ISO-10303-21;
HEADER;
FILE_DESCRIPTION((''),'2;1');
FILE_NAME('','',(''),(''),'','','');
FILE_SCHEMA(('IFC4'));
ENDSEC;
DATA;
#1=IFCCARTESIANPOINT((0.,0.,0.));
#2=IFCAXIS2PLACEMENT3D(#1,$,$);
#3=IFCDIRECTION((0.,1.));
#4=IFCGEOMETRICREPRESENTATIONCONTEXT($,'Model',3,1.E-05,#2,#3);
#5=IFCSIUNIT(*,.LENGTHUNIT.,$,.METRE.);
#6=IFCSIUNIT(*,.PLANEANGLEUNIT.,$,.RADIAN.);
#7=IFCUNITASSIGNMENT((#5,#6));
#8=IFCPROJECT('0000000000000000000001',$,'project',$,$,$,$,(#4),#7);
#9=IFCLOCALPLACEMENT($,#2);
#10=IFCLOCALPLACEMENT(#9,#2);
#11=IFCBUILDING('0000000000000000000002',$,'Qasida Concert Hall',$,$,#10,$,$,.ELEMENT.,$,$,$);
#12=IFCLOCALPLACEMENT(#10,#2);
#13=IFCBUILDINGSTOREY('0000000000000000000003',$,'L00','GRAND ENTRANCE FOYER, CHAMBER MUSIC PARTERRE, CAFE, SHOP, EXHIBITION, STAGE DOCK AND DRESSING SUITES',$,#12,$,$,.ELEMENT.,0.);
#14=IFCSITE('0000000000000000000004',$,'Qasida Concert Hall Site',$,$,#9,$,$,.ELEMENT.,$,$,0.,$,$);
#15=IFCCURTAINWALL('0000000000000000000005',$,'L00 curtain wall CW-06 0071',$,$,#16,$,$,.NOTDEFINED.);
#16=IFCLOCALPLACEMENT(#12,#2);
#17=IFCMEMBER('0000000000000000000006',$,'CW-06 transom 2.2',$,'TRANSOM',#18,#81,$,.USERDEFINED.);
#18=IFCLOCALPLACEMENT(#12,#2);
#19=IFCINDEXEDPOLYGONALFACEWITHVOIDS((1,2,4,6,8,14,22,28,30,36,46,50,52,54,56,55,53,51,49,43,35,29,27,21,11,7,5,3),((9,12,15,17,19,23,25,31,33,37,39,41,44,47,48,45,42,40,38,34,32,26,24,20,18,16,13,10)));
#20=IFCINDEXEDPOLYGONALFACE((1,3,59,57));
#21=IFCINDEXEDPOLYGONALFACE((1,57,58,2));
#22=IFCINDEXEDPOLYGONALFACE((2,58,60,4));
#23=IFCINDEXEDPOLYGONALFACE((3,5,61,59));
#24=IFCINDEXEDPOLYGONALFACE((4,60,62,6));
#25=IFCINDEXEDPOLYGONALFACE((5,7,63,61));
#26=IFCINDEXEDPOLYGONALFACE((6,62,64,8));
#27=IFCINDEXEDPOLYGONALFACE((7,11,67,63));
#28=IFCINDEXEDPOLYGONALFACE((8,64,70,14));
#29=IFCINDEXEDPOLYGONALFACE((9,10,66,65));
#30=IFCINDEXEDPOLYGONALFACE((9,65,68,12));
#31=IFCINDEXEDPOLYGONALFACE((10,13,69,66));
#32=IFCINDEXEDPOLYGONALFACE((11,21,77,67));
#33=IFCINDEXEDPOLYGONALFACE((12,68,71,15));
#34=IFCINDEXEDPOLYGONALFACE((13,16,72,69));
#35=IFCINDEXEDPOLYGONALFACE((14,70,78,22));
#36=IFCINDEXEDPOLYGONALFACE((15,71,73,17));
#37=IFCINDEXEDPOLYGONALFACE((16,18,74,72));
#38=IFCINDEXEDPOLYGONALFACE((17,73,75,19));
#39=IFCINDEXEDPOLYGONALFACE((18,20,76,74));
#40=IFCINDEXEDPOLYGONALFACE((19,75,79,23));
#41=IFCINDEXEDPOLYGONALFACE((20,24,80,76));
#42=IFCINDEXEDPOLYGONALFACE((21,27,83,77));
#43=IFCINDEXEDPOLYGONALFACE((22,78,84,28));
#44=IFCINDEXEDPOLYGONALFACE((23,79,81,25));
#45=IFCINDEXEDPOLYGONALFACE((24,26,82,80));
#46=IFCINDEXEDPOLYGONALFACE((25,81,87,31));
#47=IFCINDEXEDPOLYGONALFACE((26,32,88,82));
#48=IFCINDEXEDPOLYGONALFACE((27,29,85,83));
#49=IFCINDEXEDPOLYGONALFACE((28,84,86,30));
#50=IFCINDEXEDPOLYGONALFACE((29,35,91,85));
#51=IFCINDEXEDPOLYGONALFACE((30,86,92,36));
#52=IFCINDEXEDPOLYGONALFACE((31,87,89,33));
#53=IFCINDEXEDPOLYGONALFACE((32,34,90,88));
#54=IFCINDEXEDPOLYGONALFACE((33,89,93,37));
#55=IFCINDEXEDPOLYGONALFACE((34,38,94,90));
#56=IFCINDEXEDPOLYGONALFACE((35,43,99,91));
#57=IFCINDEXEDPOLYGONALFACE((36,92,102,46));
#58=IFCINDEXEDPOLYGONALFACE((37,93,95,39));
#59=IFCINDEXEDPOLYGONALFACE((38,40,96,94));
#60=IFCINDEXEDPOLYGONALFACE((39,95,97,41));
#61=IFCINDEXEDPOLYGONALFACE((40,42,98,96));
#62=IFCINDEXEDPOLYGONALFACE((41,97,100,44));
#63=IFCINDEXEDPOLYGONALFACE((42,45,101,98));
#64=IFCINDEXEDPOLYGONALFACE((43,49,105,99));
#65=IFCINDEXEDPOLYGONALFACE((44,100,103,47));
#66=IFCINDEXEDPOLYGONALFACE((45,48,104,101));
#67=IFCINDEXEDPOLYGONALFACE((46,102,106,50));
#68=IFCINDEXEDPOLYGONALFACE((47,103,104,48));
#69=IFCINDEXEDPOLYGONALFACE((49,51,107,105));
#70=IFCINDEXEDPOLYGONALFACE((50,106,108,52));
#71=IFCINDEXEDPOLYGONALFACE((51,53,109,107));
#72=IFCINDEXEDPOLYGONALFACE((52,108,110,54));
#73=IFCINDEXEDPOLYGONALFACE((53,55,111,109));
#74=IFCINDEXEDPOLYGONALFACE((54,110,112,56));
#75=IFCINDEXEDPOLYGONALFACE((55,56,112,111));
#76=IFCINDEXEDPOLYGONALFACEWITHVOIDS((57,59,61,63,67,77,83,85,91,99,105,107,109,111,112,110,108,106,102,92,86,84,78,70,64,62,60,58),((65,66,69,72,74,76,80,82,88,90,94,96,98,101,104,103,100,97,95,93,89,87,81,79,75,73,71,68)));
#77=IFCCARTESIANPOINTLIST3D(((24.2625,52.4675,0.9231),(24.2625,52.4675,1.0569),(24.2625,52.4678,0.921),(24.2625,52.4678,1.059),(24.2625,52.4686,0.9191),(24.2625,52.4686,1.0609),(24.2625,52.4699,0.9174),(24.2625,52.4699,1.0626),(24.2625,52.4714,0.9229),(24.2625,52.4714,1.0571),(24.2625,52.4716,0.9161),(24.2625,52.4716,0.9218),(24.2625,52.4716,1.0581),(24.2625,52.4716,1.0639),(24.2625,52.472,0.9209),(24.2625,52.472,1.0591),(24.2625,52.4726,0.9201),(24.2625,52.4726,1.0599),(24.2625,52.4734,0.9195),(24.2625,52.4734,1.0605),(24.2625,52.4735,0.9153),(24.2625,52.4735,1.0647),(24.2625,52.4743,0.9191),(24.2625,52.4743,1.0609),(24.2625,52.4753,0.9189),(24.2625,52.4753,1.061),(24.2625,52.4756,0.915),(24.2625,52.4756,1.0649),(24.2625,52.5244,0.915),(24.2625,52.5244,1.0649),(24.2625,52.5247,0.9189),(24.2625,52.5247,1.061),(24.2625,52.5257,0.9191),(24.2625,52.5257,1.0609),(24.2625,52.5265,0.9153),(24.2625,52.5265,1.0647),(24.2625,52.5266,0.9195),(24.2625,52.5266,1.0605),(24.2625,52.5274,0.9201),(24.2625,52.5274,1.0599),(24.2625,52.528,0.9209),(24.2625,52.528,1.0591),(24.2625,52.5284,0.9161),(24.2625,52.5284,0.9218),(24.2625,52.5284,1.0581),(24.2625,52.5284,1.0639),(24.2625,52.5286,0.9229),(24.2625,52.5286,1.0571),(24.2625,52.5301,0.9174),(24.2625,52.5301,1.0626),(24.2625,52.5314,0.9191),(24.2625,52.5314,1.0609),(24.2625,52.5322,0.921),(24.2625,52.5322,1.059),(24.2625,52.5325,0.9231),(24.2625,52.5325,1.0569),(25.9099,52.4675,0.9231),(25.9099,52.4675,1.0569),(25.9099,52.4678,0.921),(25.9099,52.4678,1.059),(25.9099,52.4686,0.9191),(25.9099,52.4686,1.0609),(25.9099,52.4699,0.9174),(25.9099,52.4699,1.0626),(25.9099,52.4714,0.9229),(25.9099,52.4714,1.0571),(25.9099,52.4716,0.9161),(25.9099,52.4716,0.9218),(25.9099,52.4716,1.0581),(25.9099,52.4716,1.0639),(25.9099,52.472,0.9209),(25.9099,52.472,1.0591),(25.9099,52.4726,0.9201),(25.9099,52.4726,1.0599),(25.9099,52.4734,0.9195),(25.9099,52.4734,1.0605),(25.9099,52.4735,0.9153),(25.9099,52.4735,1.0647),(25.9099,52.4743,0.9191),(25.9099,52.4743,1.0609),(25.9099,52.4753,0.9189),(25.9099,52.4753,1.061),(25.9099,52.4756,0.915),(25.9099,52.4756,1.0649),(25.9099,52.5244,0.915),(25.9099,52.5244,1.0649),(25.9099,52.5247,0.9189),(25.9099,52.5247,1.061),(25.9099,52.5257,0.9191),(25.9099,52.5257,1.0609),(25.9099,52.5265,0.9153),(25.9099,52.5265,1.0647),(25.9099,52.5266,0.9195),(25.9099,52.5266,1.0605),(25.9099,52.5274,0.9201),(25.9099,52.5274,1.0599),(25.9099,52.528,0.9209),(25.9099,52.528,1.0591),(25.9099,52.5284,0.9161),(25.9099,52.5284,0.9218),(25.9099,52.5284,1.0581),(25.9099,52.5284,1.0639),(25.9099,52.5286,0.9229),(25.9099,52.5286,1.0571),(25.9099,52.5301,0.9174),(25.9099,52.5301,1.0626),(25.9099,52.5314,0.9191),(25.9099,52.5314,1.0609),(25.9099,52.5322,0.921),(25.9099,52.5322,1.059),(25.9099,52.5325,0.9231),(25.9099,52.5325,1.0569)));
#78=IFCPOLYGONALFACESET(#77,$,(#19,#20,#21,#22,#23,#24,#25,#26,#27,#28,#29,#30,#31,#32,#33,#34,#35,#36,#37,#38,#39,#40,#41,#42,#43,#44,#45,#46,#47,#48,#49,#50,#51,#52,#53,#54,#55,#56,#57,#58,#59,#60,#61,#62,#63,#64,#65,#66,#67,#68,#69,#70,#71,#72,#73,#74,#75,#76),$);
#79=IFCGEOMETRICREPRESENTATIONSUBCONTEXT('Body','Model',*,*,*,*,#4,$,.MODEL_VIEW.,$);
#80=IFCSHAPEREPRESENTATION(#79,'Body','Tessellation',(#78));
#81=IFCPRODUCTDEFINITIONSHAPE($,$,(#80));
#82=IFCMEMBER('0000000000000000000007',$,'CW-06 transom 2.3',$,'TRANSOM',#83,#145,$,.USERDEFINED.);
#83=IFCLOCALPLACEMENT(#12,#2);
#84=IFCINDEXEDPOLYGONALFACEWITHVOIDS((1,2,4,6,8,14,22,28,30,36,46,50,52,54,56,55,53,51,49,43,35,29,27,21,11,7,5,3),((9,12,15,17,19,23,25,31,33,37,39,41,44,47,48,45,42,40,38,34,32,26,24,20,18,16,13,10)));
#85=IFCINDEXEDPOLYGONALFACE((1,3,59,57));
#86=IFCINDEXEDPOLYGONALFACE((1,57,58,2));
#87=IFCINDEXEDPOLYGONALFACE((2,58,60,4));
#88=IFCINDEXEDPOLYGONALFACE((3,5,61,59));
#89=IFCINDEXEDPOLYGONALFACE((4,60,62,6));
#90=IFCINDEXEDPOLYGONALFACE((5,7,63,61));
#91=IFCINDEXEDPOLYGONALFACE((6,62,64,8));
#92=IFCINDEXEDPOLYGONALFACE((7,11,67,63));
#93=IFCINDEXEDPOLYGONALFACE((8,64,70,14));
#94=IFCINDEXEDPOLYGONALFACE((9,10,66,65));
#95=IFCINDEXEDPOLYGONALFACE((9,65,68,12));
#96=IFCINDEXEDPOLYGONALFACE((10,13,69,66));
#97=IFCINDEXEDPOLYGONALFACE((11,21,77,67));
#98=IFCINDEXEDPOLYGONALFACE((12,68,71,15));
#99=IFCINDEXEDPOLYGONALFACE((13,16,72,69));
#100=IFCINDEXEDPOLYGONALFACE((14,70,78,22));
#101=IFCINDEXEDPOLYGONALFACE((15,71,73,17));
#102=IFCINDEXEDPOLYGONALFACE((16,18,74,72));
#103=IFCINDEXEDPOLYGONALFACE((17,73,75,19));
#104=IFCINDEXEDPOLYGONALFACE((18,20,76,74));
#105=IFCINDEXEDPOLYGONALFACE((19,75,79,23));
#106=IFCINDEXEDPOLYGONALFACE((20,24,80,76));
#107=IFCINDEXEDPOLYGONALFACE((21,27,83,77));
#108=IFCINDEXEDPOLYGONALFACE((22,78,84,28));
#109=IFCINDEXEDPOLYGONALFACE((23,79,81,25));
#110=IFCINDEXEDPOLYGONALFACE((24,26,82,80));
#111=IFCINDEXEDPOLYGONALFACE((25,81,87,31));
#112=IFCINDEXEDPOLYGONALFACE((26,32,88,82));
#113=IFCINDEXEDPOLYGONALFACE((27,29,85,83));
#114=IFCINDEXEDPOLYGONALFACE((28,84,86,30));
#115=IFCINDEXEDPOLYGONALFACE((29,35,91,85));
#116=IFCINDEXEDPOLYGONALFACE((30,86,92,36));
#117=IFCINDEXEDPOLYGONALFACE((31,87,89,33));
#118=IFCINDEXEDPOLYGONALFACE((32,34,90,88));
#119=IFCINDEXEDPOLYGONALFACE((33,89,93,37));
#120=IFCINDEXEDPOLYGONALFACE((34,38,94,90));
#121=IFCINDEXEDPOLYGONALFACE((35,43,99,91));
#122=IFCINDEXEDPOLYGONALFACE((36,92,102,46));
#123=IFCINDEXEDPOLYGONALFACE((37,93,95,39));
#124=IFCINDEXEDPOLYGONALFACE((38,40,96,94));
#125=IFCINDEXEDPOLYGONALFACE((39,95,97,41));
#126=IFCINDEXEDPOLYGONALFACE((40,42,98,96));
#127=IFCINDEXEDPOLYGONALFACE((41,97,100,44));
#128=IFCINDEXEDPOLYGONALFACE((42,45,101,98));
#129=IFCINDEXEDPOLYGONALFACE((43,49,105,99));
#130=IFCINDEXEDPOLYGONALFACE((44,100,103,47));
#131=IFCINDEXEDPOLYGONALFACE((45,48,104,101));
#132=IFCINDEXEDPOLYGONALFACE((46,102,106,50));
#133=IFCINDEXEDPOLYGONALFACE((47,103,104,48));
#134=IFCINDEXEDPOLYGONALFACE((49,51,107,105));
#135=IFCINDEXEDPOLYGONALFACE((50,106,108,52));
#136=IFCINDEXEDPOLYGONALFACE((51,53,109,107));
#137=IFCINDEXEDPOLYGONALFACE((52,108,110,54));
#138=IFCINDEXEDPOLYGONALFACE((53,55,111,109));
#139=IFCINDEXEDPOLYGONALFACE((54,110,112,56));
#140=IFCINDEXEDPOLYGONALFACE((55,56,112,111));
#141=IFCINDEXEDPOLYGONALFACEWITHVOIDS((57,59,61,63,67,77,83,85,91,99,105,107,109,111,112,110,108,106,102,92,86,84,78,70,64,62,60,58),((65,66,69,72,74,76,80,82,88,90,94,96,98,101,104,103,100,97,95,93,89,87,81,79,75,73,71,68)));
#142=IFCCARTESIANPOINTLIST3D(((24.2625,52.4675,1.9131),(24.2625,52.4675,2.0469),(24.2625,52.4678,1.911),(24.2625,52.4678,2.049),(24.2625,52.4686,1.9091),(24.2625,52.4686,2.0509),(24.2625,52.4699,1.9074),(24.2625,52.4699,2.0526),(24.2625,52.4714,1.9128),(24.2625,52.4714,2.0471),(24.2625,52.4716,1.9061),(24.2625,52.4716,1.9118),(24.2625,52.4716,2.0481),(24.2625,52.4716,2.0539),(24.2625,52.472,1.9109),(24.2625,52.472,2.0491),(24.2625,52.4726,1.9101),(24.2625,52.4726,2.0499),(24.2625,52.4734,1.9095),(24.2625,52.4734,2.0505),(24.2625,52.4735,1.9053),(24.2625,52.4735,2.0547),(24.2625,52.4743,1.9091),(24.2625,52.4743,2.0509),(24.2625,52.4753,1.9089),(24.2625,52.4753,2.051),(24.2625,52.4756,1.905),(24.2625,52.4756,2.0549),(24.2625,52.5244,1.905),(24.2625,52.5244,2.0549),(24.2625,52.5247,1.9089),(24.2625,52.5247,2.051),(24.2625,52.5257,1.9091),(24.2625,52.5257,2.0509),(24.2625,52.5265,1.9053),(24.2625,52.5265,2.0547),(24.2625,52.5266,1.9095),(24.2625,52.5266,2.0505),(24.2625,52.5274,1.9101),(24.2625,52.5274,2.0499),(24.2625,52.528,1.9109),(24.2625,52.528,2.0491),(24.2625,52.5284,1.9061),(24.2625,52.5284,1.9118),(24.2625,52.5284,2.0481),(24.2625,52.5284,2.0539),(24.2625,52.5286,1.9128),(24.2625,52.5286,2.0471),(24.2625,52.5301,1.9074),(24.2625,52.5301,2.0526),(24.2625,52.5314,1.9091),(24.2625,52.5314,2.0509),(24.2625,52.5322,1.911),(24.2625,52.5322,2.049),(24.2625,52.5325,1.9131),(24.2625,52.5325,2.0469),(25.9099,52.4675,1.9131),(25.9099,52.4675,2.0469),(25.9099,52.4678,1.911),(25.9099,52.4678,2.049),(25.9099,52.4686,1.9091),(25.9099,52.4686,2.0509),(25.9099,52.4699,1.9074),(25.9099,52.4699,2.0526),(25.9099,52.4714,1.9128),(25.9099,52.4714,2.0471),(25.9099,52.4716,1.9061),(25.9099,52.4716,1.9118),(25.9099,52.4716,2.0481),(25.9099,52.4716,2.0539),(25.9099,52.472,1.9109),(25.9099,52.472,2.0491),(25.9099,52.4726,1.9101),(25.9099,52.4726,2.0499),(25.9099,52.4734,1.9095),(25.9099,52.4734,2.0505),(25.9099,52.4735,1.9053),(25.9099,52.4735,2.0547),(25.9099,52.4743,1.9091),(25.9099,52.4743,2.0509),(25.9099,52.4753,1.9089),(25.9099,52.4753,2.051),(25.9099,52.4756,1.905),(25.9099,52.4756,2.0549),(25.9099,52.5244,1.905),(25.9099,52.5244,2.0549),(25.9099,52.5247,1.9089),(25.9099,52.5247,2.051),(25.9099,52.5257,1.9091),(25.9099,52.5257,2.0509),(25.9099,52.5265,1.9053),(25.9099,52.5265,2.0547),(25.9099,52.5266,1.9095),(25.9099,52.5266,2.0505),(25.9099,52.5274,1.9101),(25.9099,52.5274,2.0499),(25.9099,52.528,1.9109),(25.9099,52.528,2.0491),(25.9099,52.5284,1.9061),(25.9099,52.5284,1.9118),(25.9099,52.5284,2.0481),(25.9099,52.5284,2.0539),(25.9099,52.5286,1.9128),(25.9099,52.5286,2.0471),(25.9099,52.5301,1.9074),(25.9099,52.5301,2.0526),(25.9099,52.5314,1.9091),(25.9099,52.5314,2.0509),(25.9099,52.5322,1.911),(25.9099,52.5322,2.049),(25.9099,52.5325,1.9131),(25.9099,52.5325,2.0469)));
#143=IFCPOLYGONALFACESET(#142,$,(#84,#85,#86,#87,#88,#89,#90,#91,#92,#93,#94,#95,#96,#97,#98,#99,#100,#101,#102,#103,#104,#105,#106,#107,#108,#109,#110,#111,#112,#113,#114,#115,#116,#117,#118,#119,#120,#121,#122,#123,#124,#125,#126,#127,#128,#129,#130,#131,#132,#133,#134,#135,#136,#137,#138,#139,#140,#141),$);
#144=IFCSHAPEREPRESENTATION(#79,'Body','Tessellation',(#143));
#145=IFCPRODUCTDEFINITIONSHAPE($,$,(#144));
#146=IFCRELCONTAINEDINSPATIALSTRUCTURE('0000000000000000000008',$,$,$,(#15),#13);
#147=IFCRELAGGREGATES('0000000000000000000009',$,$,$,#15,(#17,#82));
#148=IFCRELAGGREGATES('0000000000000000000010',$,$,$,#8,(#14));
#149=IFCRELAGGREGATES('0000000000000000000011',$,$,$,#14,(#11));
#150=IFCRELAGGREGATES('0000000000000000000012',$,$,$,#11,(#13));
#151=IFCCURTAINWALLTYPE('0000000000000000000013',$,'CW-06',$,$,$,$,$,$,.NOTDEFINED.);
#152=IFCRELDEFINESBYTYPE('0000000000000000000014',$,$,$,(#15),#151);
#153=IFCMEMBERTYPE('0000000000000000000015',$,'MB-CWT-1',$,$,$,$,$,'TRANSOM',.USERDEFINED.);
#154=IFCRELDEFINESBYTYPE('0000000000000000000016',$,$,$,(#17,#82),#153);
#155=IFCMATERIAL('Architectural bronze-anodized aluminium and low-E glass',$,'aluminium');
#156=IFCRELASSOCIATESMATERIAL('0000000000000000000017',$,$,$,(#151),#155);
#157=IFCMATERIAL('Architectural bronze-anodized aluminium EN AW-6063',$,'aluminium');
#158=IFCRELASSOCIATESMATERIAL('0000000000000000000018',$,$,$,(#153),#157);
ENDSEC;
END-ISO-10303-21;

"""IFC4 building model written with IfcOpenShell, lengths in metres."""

from ifc_helpers import new_model, si_unit, direction, frame, origin, origin_2d, place, context, subcontext, project, spatial, hollow_rectangle, extrude, material, material_profile, profile_set, type_object, element, aggregate, save


model = new_model("IFC4")

# Units and contexts
model_context = context("Model", 3, precision=1e-05, world=origin(), true_north=direction((0.0, 1.0)))
body_context = subcontext(model_context, "Body", "Model", "MODEL_VIEW")
ifc_project = project(units=[si_unit("LENGTHUNIT", "METRE"), si_unit("PLANEANGLEUNIT", "RADIAN")], contexts=[model_context])

# Site, building, storey
site_placement = place(None, origin())
site = spatial("IfcSite", under=ifc_project, at=site_placement, Name="Qasida Concert Hall Site", CompositionType="ELEMENT", RefElevation=0.0)
building_placement = place(site_placement, origin())
building = spatial("IfcBuilding", under=site, at=building_placement, Name="Qasida Concert Hall", CompositionType="ELEMENT")
storey_placement = place(building_placement, origin())
storey = spatial("IfcBuildingStorey", under=building, at=storey_placement, Name="L00", Description="GRAND ENTRANCE FOYER, CHAMBER MUSIC PARTERRE, CAFE, SHOP, EXHIBITION, STAGE DOCK AND DRESSING SUITES", CompositionType="ELEMENT", Elevation=0.0)

# Curtain wall
ifc_material_1 = material(Name="Architectural bronze-anodized aluminium and low-E glass", Category="aluminium")
curtain_wall_type_1 = type_object("IfcCurtainWallType", Name="CW-06", PredefinedType="NOTDEFINED", material=ifc_material_1)
curtain_wall_1_placement = place(storey_placement, origin())
curtain_wall_1 = element("IfcCurtainWall", 1, at=curtain_wall_1_placement, inside=storey, type_object=curtain_wall_type_1, Name="L00 curtain wall CW-06 0071", PredefinedType="NOTDEFINED")
ifc_material_2 = material(Name="Architectural bronze-anodized aluminium EN AW-6063", Category="aluminium")

# Members
ifc_material_profile_1 = material_profile(ifc_material_2, hollow_rectangle(XDim=0.0649, YDim=0.1499, WallThickness=0.0039, InnerFilletRadius=0.0039, OuterFilletRadius=0.0081, at=origin_2d()), Name="CWT 150x65x4")
ifc_profile_set_1 = profile_set([ifc_material_profile_1], Name="Architectural bronze-anodized aluminium EN AW-6063")
member_type_1 = type_object("IfcMemberType", Name="MB-CWT-1", ElementType="TRANSOM", PredefinedType="USERDEFINED", material=ifc_profile_set_1)
member_1_placement = place(storey_placement, frame((24.2625, 52.5, 0.99), z_axis=(1.0, 0.0, 0.0), x_axis=(0.0, 1.0, 0.0)))
member_1 = element("IfcMember", 2, at=member_1_placement, type_object=member_type_1, Name="CW-06 transom 2.2", ObjectType="TRANSOM", PredefinedType="USERDEFINED", context=body_context, shape_type="SweptSolid", body=[
    extrude(hollow_rectangle(XDim=0.0649, YDim=0.1499, WallThickness=0.0039, InnerFilletRadius=0.0039, OuterFilletRadius=0.0081, at=origin_2d()), origin(), (0.0, 0.0, 1.0), 1.6475),
])
member_2_placement = place(storey_placement, frame((24.2625, 52.5, 1.98), z_axis=(1.0, 0.0, 0.0), x_axis=(0.0, 1.0, 0.0)))
member_2 = element("IfcMember", 3, at=member_2_placement, type_object=member_type_1, Name="CW-06 transom 2.3", ObjectType="TRANSOM", PredefinedType="USERDEFINED", context=body_context, shape_type="SweptSolid", body=[
    extrude(hollow_rectangle(XDim=0.0649, YDim=0.1499, WallThickness=0.0039, InnerFilletRadius=0.0039, OuterFilletRadius=0.0081, at=origin_2d()), origin(), (0.0, 0.0, 1.0), 1.6475),
])

aggregate(curtain_wall_1, [member_1, member_2])

save(model, "model.ifc")
